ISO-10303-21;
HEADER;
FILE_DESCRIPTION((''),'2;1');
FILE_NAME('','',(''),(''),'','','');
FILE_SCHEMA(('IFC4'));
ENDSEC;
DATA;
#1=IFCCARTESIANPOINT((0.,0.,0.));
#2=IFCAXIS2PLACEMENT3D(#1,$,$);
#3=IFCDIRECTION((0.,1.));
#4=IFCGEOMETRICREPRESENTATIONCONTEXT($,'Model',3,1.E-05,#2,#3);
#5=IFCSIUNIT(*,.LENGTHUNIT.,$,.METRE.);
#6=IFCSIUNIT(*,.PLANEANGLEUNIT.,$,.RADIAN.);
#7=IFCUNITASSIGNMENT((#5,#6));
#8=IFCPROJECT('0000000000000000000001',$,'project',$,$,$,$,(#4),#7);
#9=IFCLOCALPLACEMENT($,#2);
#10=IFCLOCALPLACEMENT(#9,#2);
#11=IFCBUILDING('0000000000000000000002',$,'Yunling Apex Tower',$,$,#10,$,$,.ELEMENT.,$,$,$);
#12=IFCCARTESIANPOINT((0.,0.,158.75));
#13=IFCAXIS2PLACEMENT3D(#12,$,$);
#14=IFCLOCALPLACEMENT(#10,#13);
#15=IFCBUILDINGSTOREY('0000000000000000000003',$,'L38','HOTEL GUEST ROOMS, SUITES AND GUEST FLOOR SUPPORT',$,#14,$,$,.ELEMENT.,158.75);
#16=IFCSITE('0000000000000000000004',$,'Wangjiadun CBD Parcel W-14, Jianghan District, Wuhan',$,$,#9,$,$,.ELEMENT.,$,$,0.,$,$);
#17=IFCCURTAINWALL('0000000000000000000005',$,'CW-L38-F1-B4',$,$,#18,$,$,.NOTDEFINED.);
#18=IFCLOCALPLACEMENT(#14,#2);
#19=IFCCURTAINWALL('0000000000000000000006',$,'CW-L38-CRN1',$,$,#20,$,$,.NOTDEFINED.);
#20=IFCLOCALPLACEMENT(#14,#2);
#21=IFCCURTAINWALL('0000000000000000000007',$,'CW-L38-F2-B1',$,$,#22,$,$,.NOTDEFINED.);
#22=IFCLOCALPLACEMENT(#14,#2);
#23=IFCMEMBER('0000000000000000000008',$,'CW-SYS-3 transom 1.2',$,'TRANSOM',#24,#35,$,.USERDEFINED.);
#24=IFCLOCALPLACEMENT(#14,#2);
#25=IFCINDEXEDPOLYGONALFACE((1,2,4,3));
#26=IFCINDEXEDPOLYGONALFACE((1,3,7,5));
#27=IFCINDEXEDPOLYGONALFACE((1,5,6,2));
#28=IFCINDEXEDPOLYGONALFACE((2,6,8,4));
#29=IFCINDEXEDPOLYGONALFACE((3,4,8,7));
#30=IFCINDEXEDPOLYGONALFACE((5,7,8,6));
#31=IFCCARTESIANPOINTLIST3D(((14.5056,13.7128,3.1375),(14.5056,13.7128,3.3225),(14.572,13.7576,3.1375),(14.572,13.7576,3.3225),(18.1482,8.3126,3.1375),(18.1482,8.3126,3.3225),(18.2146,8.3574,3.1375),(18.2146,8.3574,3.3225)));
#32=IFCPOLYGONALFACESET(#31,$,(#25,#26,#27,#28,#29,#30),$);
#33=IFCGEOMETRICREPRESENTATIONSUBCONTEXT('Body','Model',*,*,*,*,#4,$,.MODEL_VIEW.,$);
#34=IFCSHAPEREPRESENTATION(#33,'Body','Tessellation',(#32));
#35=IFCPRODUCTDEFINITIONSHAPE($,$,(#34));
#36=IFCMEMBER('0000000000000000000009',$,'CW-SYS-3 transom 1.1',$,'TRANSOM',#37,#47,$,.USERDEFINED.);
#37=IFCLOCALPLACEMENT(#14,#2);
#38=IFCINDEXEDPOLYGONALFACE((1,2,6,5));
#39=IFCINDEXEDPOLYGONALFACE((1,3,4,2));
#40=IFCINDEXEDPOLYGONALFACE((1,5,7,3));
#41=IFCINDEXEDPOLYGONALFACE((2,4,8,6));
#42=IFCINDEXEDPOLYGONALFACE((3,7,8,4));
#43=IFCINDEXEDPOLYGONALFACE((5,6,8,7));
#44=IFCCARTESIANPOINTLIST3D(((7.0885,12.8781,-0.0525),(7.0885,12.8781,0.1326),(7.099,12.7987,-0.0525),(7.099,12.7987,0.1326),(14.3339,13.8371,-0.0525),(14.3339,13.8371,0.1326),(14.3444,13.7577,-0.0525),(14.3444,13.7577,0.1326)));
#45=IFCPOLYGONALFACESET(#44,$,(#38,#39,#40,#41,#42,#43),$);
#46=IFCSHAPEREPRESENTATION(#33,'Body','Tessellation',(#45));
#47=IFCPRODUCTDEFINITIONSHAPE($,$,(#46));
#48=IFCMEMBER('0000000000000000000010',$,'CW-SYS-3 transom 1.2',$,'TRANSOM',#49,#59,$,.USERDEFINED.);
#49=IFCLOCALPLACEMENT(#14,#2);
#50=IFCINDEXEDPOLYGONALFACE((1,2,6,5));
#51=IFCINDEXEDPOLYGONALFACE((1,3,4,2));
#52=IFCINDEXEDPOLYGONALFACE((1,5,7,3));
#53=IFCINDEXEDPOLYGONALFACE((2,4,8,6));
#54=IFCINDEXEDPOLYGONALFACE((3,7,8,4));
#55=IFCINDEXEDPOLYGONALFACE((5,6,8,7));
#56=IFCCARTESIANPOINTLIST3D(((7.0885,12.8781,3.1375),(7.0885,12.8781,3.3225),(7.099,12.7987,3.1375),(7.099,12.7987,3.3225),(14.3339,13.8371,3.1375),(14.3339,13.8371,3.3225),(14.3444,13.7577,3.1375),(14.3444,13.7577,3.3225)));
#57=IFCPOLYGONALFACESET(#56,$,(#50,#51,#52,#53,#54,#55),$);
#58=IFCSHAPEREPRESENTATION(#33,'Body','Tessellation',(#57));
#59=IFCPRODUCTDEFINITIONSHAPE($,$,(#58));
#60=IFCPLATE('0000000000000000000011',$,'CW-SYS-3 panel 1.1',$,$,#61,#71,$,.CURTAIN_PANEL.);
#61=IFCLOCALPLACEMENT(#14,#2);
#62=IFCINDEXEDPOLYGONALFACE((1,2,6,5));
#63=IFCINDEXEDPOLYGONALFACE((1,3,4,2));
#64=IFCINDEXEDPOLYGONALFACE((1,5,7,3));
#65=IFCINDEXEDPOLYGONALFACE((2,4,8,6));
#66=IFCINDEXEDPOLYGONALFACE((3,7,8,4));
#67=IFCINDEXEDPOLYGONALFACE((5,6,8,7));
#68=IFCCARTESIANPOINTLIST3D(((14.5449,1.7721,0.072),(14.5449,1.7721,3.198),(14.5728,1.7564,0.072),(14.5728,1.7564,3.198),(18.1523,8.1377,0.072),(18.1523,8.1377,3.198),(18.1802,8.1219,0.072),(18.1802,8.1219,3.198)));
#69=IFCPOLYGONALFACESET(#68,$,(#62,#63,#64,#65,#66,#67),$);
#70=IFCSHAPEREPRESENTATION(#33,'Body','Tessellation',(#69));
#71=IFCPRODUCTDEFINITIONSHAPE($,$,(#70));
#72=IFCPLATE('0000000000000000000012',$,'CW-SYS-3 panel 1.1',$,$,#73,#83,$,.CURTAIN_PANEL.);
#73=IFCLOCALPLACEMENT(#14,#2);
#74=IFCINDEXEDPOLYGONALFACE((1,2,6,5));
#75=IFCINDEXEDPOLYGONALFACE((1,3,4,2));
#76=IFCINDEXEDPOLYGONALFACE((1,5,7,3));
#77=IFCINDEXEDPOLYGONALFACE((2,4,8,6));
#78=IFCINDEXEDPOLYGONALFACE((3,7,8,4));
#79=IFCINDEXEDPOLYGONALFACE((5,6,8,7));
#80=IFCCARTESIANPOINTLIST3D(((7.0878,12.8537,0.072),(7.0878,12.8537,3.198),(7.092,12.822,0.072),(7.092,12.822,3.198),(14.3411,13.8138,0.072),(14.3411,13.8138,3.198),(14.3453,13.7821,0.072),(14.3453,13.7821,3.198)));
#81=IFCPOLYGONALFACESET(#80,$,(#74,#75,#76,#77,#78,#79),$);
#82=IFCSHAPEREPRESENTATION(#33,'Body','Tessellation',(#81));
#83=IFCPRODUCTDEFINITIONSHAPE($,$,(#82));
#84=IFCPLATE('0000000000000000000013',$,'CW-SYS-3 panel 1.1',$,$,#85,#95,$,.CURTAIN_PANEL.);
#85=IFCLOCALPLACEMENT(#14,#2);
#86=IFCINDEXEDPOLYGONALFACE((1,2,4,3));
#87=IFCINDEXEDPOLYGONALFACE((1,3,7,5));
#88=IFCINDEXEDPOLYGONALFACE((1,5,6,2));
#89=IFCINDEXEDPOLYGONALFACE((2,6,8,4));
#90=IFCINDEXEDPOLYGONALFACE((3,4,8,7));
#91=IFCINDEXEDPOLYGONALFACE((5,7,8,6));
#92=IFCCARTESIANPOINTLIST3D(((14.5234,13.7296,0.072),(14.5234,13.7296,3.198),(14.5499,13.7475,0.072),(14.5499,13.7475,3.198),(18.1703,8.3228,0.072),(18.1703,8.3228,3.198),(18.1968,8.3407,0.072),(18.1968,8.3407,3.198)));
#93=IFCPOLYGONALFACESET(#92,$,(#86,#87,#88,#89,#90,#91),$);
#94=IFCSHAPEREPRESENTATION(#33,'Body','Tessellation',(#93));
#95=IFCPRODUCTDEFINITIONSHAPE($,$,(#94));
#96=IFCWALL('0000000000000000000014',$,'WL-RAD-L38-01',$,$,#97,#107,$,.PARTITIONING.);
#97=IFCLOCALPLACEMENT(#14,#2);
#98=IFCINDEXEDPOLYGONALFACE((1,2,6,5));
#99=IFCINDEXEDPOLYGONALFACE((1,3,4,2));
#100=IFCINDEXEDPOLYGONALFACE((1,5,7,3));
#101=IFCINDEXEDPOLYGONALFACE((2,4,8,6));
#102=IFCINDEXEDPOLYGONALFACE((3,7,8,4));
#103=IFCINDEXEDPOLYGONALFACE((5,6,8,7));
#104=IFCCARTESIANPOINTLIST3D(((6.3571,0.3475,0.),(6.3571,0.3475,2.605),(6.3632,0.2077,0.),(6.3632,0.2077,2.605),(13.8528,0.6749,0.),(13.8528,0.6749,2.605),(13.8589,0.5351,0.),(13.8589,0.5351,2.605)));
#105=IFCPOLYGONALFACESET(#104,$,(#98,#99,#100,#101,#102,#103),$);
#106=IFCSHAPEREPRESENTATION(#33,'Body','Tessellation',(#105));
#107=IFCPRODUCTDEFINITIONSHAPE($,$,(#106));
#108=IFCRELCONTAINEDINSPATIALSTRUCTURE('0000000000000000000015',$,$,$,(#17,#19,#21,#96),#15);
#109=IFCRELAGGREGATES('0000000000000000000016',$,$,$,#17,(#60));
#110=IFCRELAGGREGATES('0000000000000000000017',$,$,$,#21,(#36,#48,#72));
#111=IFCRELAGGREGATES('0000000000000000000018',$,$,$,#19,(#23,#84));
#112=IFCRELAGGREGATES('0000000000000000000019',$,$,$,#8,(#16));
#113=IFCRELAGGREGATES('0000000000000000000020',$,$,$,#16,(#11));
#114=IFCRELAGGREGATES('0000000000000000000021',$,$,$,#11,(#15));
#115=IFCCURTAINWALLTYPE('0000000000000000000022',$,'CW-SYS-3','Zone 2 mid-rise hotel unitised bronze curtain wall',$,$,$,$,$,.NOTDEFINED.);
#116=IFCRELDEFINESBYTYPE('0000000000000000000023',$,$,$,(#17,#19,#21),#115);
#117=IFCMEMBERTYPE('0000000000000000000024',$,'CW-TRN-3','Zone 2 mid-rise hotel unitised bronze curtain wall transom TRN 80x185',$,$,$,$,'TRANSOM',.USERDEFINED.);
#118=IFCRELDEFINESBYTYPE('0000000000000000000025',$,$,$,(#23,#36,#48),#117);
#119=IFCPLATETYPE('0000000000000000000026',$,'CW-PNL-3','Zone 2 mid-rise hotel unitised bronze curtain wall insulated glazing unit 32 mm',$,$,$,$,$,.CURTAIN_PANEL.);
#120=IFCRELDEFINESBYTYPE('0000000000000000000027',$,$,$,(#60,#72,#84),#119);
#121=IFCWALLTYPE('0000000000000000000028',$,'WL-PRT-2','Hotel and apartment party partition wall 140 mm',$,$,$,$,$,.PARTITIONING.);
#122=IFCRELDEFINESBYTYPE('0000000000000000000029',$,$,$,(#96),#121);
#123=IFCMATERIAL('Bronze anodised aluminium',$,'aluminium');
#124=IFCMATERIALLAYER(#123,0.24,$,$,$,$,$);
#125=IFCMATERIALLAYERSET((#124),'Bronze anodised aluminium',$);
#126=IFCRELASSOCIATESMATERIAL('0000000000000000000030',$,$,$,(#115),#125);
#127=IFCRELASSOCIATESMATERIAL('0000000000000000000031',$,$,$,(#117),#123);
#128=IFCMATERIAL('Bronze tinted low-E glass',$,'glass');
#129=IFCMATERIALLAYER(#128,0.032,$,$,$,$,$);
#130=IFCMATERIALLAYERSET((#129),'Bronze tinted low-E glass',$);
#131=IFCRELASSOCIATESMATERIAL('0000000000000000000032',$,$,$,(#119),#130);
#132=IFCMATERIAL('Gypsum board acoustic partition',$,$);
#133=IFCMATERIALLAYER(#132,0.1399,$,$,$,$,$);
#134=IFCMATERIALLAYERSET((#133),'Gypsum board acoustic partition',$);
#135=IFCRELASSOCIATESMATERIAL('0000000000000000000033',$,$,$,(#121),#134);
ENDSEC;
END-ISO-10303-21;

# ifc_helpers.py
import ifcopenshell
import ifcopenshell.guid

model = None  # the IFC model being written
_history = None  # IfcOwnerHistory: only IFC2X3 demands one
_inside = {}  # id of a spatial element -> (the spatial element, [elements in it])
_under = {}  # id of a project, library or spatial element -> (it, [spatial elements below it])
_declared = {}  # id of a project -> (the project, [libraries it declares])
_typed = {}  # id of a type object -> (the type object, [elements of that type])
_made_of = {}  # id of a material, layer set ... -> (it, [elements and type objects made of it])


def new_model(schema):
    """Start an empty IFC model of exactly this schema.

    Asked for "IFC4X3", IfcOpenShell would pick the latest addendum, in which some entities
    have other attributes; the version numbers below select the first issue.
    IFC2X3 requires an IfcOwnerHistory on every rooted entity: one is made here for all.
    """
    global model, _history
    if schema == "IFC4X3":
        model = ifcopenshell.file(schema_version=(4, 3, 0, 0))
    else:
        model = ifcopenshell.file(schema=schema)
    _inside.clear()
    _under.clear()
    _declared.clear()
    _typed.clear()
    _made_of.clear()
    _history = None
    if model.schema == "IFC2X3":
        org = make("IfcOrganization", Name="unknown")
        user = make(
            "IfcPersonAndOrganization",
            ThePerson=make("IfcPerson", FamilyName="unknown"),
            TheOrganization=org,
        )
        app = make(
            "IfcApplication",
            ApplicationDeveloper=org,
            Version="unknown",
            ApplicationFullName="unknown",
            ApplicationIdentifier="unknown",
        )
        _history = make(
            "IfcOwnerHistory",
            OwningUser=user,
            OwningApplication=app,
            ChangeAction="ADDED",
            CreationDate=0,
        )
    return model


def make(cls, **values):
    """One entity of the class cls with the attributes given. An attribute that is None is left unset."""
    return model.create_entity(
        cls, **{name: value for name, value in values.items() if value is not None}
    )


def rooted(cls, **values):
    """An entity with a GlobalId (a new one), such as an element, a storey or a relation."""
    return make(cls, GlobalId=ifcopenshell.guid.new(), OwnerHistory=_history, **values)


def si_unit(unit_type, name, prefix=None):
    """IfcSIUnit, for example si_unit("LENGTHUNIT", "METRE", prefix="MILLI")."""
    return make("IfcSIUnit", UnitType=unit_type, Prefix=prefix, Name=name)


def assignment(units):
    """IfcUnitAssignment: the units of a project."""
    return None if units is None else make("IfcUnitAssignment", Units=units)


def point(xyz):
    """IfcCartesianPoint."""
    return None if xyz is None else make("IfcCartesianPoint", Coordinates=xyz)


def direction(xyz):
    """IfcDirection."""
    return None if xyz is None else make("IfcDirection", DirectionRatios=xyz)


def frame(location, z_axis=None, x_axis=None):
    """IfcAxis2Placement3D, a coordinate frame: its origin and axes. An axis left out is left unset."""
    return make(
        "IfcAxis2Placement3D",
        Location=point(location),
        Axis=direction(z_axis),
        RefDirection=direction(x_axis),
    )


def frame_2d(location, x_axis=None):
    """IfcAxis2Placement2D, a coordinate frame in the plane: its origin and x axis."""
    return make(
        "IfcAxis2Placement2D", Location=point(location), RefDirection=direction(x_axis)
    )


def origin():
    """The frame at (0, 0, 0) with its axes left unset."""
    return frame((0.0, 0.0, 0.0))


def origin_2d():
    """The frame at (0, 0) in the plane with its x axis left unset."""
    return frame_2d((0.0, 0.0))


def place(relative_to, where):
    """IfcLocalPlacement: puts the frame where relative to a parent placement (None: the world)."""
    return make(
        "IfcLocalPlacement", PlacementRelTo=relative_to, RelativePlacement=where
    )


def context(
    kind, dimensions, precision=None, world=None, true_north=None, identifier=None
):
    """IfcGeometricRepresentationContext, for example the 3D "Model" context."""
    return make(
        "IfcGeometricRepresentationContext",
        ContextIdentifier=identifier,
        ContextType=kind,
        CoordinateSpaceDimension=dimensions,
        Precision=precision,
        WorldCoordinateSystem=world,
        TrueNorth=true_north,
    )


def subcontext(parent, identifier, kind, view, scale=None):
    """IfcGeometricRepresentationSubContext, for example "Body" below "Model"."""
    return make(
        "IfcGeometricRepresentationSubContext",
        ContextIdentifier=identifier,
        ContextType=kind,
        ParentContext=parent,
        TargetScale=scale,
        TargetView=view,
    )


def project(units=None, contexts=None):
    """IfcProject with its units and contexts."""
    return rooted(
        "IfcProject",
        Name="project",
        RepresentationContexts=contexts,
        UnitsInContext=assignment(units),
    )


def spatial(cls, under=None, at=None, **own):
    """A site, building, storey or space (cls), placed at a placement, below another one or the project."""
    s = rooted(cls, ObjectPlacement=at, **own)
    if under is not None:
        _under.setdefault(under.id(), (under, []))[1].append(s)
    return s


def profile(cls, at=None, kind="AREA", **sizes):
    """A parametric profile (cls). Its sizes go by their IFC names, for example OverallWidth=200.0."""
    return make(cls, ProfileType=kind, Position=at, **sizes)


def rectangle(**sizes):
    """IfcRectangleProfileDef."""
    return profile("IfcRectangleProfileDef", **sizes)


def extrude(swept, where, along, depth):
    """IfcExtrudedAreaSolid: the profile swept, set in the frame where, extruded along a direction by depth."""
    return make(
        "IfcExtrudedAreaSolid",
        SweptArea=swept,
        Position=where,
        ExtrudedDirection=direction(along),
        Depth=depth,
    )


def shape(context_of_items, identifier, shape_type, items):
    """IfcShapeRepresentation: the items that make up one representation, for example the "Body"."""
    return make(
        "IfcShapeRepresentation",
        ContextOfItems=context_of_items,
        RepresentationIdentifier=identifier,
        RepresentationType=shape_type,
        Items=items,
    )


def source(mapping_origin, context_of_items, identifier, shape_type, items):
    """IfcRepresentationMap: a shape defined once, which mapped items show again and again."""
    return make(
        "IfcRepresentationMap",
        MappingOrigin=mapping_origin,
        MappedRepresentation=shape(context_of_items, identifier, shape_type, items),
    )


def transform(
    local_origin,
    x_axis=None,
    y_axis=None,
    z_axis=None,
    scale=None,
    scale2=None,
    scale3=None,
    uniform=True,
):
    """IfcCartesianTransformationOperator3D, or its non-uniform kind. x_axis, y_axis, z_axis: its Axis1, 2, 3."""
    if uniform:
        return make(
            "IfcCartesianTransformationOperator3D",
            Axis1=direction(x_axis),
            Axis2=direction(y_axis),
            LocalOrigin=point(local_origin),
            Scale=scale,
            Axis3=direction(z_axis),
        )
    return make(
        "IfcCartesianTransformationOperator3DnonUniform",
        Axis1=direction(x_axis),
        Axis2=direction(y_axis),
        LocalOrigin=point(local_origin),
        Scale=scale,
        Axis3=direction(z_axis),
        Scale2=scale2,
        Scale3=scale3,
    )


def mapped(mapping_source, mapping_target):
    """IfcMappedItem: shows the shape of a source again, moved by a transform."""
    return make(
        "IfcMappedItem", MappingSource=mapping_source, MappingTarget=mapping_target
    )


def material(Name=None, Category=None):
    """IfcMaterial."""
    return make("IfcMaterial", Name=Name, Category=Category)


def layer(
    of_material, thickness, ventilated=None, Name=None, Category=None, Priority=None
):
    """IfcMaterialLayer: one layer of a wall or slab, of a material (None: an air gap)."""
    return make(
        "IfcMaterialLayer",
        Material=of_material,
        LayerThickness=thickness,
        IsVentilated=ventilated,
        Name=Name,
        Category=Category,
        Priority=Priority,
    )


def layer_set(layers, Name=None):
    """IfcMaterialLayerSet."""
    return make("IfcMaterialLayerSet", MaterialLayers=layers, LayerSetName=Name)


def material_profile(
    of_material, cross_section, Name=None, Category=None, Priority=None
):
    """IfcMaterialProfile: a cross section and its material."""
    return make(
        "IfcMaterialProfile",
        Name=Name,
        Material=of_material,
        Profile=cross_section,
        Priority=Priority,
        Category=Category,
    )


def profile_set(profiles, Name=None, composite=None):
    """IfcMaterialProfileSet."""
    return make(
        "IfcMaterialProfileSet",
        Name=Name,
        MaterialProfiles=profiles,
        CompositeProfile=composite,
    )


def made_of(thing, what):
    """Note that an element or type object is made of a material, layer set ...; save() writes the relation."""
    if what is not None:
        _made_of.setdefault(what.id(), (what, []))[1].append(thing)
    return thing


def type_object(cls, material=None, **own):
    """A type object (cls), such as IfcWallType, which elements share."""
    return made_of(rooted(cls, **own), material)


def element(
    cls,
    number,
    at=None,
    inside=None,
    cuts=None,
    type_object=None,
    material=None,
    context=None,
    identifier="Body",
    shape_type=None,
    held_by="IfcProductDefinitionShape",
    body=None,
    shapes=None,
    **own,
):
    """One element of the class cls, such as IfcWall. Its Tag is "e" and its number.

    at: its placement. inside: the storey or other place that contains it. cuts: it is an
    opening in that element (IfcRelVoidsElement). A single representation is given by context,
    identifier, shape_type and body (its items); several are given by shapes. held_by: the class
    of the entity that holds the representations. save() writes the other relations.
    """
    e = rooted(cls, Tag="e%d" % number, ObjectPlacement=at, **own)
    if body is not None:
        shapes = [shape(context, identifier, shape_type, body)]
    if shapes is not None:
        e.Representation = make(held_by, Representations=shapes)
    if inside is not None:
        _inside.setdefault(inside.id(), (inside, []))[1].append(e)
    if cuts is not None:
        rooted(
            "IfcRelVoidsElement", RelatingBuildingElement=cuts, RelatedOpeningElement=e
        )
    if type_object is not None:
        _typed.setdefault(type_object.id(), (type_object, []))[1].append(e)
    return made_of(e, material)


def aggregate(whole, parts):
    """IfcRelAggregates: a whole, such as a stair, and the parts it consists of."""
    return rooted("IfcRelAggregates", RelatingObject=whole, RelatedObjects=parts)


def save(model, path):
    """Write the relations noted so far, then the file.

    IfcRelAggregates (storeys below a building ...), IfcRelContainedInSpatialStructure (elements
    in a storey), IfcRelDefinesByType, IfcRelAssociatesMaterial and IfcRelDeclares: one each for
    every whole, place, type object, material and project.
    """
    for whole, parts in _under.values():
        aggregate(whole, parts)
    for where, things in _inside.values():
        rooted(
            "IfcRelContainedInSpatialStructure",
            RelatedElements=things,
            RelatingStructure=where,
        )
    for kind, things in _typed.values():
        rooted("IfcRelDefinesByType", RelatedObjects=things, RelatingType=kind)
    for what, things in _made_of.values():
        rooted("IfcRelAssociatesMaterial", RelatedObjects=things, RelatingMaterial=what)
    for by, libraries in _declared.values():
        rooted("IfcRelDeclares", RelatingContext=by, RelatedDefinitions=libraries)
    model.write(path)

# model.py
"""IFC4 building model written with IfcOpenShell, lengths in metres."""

from ifc_helpers import new_model, si_unit, direction, frame, frame_2d, origin, origin_2d, place, context, subcontext, project, spatial, rectangle, extrude, source, transform, mapped, material, layer, layer_set, material_profile, profile_set, type_object, element, aggregate, save


model = new_model("IFC4")

# Units and contexts
model_context = context("Model", 3, precision=1e-05, world=origin(), true_north=direction((0.0, 1.0)))
body_context = subcontext(model_context, "Body", "Model", "MODEL_VIEW")
ifc_project = project(units=[si_unit("LENGTHUNIT", "METRE"), si_unit("PLANEANGLEUNIT", "RADIAN")], contexts=[model_context])

# Site, building, storey
site_placement = place(None, origin())
site = spatial("IfcSite", under=ifc_project, at=site_placement, Name="Wangjiadun CBD Parcel W-14, Jianghan District, Wuhan", CompositionType="ELEMENT", RefElevation=0.0)
building_placement = place(site_placement, origin())
building = spatial("IfcBuilding", under=site, at=building_placement, Name="Yunling Apex Tower", CompositionType="ELEMENT")
storey_placement = place(building_placement, frame((0.0, 0.0, 158.75)))
storey = spatial("IfcBuildingStorey", under=building, at=storey_placement, Name="L38", Description="HOTEL GUEST ROOMS, SUITES AND GUEST FLOOR SUPPORT", CompositionType="ELEMENT", Elevation=158.75)

# Shared definitions
ifc_material_1 = material(Name="Bronze anodised aluminium", Category="aluminium")
ifc_layer_1 = layer(ifc_material_1, 0.24)
ifc_layer_set_1 = layer_set([ifc_layer_1], Name="Bronze anodised aluminium")
curtain_wall_type = type_object("IfcCurtainWallType", Name="CW-SYS-3", Description="Zone 2 mid-rise hotel unitised bronze curtain wall", PredefinedType="NOTDEFINED", material=ifc_layer_set_1)

# Curtain walls
curtain_wall_1_placement = place(storey_placement, origin())
curtain_wall_1 = element("IfcCurtainWall", 1, at=curtain_wall_1_placement, inside=storey, type_object=curtain_wall_type, Name="CW-L38-F1-B4", PredefinedType="NOTDEFINED")
curtain_wall_2_placement = place(storey_placement, origin())
curtain_wall_2 = element("IfcCurtainWall", 2, at=curtain_wall_2_placement, inside=storey, type_object=curtain_wall_type, Name="CW-L38-CRN1", PredefinedType="NOTDEFINED")
curtain_wall_3_placement = place(storey_placement, origin())
curtain_wall_3 = element("IfcCurtainWall", 3, at=curtain_wall_3_placement, inside=storey, type_object=curtain_wall_type, Name="CW-L38-F2-B1", PredefinedType="NOTDEFINED")
ifc_material_profile_1 = material_profile(ifc_material_1, rectangle(XDim=0.0801, YDim=0.1851, at=origin_2d()))
ifc_profile_set_1 = profile_set([ifc_material_profile_1], Name="Bronze anodised aluminium")
member_type_1 = type_object("IfcMemberType", Name="CW-TRN-3", Description="Zone 2 mid-rise hotel unitised bronze curtain wall transom TRN 80x185", ElementType="TRANSOM", PredefinedType="USERDEFINED", material=ifc_profile_set_1)

# Members
shared_shape_1 = source(origin(), body_context, "Body", "SweptSolid", [
    extrude(rectangle(XDim=0.0801, YDim=0.1851, at=origin_2d()), origin(), (0.0, 0.0, 1.0), 6.5139),
])
member_1_placement = place(storey_placement, frame((18.1814, 8.335, 3.23), z_axis=(-0.559207, 0.829028, 0.0), x_axis=(-0.829028, -0.559207, 0.0)))
member_1 = element("IfcMember", 4, at=member_1_placement, type_object=member_type_1, Name="CW-SYS-3 transom 1.2", ObjectType="TRANSOM", PredefinedType="USERDEFINED", context=body_context, shape_type="MappedRepresentation", body=[
    mapped(shared_shape_1, transform((0.0, 0.0, 0.0), scale=1.0)),
])
shared_shape_2 = source(origin(), body_context, "Body", "SweptSolid", [
    extrude(rectangle(XDim=0.0801, YDim=0.1851, at=origin_2d()), origin(), (0.0, 0.0, 1.0), 7.3086),
])
member_2_placement = place(storey_placement, frame((14.3391, 13.7974, 0.04), z_axis=(-0.991354, -0.131214, 0.0), x_axis=(0.131214, -0.991354, 0.0)))
member_2 = element("IfcMember", 5, at=member_2_placement, type_object=member_type_1, Name="CW-SYS-3 transom 1.1", ObjectType="TRANSOM", PredefinedType="USERDEFINED", context=body_context, shape_type="MappedRepresentation", body=[
    mapped(shared_shape_2, transform((0.0, 0.0, 0.0), scale=1.0)),
])
member_3_placement = place(storey_placement, frame((14.3391, 13.7974, 3.23), z_axis=(-0.991354, -0.131214, 0.0), x_axis=(0.131214, -0.991354, 0.0)))
member_3 = element("IfcMember", 6, at=member_3_placement, type_object=member_type_1, Name="CW-SYS-3 transom 1.2", ObjectType="TRANSOM", PredefinedType="USERDEFINED", context=body_context, shape_type="MappedRepresentation", body=[
    mapped(shared_shape_2, transform((0.0, 0.0, 0.0), scale=1.0)),
])

# Plates
ifc_material_2 = material(Name="Bronze tinted low-E glass", Category="glass")
ifc_layer_2 = layer(ifc_material_2, 0.032)
ifc_layer_set_2 = layer_set([ifc_layer_2], Name="Bronze tinted low-E glass")
plate_type = type_object("IfcPlateType", Name="CW-PNL-3", Description="Zone 2 mid-rise hotel unitised bronze curtain wall insulated glazing unit 32 mm", PredefinedType="CURTAIN_PANEL", material=ifc_layer_set_2)
shared_shape_3 = source(origin(), body_context, "Body", "SweptSolid", [
    extrude(rectangle(XDim=7.3167, YDim=0.032, at=origin_2d()), origin(), (0.0, 0.0, 1.0), 3.126),
])
plate_1_placement = place(storey_placement, frame((16.3625, 4.947, 0.072), z_axis=(0.0, 0.0, 1.0), x_axis=(0.493041, 0.870006, 0.0)))
plate_1 = element("IfcPlate", 7, at=plate_1_placement, type_object=plate_type, Name="CW-SYS-3 panel 1.1", PredefinedType="CURTAIN_PANEL", context=body_context, shape_type="MappedRepresentation", body=[
    mapped(shared_shape_3, transform((0.0, 0.0, 0.0), scale=1.0)),
])
aggregate(curtain_wall_1, [plate_1])
plate_2_placement = place(storey_placement, frame((10.7166, 13.3179, 0.072), z_axis=(0.0, 0.0, 1.0), x_axis=(-0.991353, -0.131222, 0.0)))
plate_2 = element("IfcPlate", 8, at=plate_2_placement, type_object=plate_type, Name="CW-SYS-3 panel 1.1", PredefinedType="CURTAIN_PANEL", context=body_context, shape_type="MappedRepresentation", body=[
    mapped(shared_shape_3, transform((0.0, 0.0, 0.0), scale=1.0)),
])
aggregate(curtain_wall_3, [member_2, member_3, plate_2])
shared_shape_4 = source(origin(), body_context, "Body", "SweptSolid", [
    extrude(rectangle(XDim=6.5217, YDim=0.032, at=origin_2d()), origin(), (0.0, 0.0, 1.0), 3.126),
])
plate_3_placement = place(storey_placement, frame((16.3601, 11.0352, 0.072), z_axis=(0.0, 0.0, 1.0), x_axis=(-0.559193, 0.829038, 0.0)))
plate_3 = element("IfcPlate", 9, at=plate_3_placement, type_object=plate_type, Name="CW-SYS-3 panel 1.1", PredefinedType="CURTAIN_PANEL", context=body_context, shape_type="MappedRepresentation", body=[
    mapped(shared_shape_4, transform((0.0, 0.0, 0.0), scale=1.0)),
])
aggregate(curtain_wall_2, [member_1, plate_3])

# Wall
ifc_material_3 = material(Name="Gypsum board acoustic partition")
ifc_layer_3 = layer(ifc_material_3, 0.1399)
ifc_layer_set_3 = layer_set([ifc_layer_3], Name="Gypsum board acoustic partition")
wall_type = type_object("IfcWallType", Name="WL-PRT-2", Description="Hotel and apartment party partition wall 140 mm", PredefinedType="PARTITIONING", material=ifc_layer_set_3)
wall_placement = place(storey_placement, frame((6.3601, 0.2776, 0.0), z_axis=(0.0, 0.0, 1.0), x_axis=(0.999048, 0.043635, 0.0)))
element("IfcWall", 10, at=wall_placement, inside=storey, type_object=wall_type, Name="WL-RAD-L38-01", PredefinedType="PARTITIONING", context=body_context, shape_type="SweptSolid", body=[
    extrude(rectangle(XDim=7.5029, YDim=0.1399, at=frame_2d((3.7515, 0.0))), origin(), (0.0, 0.0, 1.0), 2.605),
])

save(model, "model.ifc")
